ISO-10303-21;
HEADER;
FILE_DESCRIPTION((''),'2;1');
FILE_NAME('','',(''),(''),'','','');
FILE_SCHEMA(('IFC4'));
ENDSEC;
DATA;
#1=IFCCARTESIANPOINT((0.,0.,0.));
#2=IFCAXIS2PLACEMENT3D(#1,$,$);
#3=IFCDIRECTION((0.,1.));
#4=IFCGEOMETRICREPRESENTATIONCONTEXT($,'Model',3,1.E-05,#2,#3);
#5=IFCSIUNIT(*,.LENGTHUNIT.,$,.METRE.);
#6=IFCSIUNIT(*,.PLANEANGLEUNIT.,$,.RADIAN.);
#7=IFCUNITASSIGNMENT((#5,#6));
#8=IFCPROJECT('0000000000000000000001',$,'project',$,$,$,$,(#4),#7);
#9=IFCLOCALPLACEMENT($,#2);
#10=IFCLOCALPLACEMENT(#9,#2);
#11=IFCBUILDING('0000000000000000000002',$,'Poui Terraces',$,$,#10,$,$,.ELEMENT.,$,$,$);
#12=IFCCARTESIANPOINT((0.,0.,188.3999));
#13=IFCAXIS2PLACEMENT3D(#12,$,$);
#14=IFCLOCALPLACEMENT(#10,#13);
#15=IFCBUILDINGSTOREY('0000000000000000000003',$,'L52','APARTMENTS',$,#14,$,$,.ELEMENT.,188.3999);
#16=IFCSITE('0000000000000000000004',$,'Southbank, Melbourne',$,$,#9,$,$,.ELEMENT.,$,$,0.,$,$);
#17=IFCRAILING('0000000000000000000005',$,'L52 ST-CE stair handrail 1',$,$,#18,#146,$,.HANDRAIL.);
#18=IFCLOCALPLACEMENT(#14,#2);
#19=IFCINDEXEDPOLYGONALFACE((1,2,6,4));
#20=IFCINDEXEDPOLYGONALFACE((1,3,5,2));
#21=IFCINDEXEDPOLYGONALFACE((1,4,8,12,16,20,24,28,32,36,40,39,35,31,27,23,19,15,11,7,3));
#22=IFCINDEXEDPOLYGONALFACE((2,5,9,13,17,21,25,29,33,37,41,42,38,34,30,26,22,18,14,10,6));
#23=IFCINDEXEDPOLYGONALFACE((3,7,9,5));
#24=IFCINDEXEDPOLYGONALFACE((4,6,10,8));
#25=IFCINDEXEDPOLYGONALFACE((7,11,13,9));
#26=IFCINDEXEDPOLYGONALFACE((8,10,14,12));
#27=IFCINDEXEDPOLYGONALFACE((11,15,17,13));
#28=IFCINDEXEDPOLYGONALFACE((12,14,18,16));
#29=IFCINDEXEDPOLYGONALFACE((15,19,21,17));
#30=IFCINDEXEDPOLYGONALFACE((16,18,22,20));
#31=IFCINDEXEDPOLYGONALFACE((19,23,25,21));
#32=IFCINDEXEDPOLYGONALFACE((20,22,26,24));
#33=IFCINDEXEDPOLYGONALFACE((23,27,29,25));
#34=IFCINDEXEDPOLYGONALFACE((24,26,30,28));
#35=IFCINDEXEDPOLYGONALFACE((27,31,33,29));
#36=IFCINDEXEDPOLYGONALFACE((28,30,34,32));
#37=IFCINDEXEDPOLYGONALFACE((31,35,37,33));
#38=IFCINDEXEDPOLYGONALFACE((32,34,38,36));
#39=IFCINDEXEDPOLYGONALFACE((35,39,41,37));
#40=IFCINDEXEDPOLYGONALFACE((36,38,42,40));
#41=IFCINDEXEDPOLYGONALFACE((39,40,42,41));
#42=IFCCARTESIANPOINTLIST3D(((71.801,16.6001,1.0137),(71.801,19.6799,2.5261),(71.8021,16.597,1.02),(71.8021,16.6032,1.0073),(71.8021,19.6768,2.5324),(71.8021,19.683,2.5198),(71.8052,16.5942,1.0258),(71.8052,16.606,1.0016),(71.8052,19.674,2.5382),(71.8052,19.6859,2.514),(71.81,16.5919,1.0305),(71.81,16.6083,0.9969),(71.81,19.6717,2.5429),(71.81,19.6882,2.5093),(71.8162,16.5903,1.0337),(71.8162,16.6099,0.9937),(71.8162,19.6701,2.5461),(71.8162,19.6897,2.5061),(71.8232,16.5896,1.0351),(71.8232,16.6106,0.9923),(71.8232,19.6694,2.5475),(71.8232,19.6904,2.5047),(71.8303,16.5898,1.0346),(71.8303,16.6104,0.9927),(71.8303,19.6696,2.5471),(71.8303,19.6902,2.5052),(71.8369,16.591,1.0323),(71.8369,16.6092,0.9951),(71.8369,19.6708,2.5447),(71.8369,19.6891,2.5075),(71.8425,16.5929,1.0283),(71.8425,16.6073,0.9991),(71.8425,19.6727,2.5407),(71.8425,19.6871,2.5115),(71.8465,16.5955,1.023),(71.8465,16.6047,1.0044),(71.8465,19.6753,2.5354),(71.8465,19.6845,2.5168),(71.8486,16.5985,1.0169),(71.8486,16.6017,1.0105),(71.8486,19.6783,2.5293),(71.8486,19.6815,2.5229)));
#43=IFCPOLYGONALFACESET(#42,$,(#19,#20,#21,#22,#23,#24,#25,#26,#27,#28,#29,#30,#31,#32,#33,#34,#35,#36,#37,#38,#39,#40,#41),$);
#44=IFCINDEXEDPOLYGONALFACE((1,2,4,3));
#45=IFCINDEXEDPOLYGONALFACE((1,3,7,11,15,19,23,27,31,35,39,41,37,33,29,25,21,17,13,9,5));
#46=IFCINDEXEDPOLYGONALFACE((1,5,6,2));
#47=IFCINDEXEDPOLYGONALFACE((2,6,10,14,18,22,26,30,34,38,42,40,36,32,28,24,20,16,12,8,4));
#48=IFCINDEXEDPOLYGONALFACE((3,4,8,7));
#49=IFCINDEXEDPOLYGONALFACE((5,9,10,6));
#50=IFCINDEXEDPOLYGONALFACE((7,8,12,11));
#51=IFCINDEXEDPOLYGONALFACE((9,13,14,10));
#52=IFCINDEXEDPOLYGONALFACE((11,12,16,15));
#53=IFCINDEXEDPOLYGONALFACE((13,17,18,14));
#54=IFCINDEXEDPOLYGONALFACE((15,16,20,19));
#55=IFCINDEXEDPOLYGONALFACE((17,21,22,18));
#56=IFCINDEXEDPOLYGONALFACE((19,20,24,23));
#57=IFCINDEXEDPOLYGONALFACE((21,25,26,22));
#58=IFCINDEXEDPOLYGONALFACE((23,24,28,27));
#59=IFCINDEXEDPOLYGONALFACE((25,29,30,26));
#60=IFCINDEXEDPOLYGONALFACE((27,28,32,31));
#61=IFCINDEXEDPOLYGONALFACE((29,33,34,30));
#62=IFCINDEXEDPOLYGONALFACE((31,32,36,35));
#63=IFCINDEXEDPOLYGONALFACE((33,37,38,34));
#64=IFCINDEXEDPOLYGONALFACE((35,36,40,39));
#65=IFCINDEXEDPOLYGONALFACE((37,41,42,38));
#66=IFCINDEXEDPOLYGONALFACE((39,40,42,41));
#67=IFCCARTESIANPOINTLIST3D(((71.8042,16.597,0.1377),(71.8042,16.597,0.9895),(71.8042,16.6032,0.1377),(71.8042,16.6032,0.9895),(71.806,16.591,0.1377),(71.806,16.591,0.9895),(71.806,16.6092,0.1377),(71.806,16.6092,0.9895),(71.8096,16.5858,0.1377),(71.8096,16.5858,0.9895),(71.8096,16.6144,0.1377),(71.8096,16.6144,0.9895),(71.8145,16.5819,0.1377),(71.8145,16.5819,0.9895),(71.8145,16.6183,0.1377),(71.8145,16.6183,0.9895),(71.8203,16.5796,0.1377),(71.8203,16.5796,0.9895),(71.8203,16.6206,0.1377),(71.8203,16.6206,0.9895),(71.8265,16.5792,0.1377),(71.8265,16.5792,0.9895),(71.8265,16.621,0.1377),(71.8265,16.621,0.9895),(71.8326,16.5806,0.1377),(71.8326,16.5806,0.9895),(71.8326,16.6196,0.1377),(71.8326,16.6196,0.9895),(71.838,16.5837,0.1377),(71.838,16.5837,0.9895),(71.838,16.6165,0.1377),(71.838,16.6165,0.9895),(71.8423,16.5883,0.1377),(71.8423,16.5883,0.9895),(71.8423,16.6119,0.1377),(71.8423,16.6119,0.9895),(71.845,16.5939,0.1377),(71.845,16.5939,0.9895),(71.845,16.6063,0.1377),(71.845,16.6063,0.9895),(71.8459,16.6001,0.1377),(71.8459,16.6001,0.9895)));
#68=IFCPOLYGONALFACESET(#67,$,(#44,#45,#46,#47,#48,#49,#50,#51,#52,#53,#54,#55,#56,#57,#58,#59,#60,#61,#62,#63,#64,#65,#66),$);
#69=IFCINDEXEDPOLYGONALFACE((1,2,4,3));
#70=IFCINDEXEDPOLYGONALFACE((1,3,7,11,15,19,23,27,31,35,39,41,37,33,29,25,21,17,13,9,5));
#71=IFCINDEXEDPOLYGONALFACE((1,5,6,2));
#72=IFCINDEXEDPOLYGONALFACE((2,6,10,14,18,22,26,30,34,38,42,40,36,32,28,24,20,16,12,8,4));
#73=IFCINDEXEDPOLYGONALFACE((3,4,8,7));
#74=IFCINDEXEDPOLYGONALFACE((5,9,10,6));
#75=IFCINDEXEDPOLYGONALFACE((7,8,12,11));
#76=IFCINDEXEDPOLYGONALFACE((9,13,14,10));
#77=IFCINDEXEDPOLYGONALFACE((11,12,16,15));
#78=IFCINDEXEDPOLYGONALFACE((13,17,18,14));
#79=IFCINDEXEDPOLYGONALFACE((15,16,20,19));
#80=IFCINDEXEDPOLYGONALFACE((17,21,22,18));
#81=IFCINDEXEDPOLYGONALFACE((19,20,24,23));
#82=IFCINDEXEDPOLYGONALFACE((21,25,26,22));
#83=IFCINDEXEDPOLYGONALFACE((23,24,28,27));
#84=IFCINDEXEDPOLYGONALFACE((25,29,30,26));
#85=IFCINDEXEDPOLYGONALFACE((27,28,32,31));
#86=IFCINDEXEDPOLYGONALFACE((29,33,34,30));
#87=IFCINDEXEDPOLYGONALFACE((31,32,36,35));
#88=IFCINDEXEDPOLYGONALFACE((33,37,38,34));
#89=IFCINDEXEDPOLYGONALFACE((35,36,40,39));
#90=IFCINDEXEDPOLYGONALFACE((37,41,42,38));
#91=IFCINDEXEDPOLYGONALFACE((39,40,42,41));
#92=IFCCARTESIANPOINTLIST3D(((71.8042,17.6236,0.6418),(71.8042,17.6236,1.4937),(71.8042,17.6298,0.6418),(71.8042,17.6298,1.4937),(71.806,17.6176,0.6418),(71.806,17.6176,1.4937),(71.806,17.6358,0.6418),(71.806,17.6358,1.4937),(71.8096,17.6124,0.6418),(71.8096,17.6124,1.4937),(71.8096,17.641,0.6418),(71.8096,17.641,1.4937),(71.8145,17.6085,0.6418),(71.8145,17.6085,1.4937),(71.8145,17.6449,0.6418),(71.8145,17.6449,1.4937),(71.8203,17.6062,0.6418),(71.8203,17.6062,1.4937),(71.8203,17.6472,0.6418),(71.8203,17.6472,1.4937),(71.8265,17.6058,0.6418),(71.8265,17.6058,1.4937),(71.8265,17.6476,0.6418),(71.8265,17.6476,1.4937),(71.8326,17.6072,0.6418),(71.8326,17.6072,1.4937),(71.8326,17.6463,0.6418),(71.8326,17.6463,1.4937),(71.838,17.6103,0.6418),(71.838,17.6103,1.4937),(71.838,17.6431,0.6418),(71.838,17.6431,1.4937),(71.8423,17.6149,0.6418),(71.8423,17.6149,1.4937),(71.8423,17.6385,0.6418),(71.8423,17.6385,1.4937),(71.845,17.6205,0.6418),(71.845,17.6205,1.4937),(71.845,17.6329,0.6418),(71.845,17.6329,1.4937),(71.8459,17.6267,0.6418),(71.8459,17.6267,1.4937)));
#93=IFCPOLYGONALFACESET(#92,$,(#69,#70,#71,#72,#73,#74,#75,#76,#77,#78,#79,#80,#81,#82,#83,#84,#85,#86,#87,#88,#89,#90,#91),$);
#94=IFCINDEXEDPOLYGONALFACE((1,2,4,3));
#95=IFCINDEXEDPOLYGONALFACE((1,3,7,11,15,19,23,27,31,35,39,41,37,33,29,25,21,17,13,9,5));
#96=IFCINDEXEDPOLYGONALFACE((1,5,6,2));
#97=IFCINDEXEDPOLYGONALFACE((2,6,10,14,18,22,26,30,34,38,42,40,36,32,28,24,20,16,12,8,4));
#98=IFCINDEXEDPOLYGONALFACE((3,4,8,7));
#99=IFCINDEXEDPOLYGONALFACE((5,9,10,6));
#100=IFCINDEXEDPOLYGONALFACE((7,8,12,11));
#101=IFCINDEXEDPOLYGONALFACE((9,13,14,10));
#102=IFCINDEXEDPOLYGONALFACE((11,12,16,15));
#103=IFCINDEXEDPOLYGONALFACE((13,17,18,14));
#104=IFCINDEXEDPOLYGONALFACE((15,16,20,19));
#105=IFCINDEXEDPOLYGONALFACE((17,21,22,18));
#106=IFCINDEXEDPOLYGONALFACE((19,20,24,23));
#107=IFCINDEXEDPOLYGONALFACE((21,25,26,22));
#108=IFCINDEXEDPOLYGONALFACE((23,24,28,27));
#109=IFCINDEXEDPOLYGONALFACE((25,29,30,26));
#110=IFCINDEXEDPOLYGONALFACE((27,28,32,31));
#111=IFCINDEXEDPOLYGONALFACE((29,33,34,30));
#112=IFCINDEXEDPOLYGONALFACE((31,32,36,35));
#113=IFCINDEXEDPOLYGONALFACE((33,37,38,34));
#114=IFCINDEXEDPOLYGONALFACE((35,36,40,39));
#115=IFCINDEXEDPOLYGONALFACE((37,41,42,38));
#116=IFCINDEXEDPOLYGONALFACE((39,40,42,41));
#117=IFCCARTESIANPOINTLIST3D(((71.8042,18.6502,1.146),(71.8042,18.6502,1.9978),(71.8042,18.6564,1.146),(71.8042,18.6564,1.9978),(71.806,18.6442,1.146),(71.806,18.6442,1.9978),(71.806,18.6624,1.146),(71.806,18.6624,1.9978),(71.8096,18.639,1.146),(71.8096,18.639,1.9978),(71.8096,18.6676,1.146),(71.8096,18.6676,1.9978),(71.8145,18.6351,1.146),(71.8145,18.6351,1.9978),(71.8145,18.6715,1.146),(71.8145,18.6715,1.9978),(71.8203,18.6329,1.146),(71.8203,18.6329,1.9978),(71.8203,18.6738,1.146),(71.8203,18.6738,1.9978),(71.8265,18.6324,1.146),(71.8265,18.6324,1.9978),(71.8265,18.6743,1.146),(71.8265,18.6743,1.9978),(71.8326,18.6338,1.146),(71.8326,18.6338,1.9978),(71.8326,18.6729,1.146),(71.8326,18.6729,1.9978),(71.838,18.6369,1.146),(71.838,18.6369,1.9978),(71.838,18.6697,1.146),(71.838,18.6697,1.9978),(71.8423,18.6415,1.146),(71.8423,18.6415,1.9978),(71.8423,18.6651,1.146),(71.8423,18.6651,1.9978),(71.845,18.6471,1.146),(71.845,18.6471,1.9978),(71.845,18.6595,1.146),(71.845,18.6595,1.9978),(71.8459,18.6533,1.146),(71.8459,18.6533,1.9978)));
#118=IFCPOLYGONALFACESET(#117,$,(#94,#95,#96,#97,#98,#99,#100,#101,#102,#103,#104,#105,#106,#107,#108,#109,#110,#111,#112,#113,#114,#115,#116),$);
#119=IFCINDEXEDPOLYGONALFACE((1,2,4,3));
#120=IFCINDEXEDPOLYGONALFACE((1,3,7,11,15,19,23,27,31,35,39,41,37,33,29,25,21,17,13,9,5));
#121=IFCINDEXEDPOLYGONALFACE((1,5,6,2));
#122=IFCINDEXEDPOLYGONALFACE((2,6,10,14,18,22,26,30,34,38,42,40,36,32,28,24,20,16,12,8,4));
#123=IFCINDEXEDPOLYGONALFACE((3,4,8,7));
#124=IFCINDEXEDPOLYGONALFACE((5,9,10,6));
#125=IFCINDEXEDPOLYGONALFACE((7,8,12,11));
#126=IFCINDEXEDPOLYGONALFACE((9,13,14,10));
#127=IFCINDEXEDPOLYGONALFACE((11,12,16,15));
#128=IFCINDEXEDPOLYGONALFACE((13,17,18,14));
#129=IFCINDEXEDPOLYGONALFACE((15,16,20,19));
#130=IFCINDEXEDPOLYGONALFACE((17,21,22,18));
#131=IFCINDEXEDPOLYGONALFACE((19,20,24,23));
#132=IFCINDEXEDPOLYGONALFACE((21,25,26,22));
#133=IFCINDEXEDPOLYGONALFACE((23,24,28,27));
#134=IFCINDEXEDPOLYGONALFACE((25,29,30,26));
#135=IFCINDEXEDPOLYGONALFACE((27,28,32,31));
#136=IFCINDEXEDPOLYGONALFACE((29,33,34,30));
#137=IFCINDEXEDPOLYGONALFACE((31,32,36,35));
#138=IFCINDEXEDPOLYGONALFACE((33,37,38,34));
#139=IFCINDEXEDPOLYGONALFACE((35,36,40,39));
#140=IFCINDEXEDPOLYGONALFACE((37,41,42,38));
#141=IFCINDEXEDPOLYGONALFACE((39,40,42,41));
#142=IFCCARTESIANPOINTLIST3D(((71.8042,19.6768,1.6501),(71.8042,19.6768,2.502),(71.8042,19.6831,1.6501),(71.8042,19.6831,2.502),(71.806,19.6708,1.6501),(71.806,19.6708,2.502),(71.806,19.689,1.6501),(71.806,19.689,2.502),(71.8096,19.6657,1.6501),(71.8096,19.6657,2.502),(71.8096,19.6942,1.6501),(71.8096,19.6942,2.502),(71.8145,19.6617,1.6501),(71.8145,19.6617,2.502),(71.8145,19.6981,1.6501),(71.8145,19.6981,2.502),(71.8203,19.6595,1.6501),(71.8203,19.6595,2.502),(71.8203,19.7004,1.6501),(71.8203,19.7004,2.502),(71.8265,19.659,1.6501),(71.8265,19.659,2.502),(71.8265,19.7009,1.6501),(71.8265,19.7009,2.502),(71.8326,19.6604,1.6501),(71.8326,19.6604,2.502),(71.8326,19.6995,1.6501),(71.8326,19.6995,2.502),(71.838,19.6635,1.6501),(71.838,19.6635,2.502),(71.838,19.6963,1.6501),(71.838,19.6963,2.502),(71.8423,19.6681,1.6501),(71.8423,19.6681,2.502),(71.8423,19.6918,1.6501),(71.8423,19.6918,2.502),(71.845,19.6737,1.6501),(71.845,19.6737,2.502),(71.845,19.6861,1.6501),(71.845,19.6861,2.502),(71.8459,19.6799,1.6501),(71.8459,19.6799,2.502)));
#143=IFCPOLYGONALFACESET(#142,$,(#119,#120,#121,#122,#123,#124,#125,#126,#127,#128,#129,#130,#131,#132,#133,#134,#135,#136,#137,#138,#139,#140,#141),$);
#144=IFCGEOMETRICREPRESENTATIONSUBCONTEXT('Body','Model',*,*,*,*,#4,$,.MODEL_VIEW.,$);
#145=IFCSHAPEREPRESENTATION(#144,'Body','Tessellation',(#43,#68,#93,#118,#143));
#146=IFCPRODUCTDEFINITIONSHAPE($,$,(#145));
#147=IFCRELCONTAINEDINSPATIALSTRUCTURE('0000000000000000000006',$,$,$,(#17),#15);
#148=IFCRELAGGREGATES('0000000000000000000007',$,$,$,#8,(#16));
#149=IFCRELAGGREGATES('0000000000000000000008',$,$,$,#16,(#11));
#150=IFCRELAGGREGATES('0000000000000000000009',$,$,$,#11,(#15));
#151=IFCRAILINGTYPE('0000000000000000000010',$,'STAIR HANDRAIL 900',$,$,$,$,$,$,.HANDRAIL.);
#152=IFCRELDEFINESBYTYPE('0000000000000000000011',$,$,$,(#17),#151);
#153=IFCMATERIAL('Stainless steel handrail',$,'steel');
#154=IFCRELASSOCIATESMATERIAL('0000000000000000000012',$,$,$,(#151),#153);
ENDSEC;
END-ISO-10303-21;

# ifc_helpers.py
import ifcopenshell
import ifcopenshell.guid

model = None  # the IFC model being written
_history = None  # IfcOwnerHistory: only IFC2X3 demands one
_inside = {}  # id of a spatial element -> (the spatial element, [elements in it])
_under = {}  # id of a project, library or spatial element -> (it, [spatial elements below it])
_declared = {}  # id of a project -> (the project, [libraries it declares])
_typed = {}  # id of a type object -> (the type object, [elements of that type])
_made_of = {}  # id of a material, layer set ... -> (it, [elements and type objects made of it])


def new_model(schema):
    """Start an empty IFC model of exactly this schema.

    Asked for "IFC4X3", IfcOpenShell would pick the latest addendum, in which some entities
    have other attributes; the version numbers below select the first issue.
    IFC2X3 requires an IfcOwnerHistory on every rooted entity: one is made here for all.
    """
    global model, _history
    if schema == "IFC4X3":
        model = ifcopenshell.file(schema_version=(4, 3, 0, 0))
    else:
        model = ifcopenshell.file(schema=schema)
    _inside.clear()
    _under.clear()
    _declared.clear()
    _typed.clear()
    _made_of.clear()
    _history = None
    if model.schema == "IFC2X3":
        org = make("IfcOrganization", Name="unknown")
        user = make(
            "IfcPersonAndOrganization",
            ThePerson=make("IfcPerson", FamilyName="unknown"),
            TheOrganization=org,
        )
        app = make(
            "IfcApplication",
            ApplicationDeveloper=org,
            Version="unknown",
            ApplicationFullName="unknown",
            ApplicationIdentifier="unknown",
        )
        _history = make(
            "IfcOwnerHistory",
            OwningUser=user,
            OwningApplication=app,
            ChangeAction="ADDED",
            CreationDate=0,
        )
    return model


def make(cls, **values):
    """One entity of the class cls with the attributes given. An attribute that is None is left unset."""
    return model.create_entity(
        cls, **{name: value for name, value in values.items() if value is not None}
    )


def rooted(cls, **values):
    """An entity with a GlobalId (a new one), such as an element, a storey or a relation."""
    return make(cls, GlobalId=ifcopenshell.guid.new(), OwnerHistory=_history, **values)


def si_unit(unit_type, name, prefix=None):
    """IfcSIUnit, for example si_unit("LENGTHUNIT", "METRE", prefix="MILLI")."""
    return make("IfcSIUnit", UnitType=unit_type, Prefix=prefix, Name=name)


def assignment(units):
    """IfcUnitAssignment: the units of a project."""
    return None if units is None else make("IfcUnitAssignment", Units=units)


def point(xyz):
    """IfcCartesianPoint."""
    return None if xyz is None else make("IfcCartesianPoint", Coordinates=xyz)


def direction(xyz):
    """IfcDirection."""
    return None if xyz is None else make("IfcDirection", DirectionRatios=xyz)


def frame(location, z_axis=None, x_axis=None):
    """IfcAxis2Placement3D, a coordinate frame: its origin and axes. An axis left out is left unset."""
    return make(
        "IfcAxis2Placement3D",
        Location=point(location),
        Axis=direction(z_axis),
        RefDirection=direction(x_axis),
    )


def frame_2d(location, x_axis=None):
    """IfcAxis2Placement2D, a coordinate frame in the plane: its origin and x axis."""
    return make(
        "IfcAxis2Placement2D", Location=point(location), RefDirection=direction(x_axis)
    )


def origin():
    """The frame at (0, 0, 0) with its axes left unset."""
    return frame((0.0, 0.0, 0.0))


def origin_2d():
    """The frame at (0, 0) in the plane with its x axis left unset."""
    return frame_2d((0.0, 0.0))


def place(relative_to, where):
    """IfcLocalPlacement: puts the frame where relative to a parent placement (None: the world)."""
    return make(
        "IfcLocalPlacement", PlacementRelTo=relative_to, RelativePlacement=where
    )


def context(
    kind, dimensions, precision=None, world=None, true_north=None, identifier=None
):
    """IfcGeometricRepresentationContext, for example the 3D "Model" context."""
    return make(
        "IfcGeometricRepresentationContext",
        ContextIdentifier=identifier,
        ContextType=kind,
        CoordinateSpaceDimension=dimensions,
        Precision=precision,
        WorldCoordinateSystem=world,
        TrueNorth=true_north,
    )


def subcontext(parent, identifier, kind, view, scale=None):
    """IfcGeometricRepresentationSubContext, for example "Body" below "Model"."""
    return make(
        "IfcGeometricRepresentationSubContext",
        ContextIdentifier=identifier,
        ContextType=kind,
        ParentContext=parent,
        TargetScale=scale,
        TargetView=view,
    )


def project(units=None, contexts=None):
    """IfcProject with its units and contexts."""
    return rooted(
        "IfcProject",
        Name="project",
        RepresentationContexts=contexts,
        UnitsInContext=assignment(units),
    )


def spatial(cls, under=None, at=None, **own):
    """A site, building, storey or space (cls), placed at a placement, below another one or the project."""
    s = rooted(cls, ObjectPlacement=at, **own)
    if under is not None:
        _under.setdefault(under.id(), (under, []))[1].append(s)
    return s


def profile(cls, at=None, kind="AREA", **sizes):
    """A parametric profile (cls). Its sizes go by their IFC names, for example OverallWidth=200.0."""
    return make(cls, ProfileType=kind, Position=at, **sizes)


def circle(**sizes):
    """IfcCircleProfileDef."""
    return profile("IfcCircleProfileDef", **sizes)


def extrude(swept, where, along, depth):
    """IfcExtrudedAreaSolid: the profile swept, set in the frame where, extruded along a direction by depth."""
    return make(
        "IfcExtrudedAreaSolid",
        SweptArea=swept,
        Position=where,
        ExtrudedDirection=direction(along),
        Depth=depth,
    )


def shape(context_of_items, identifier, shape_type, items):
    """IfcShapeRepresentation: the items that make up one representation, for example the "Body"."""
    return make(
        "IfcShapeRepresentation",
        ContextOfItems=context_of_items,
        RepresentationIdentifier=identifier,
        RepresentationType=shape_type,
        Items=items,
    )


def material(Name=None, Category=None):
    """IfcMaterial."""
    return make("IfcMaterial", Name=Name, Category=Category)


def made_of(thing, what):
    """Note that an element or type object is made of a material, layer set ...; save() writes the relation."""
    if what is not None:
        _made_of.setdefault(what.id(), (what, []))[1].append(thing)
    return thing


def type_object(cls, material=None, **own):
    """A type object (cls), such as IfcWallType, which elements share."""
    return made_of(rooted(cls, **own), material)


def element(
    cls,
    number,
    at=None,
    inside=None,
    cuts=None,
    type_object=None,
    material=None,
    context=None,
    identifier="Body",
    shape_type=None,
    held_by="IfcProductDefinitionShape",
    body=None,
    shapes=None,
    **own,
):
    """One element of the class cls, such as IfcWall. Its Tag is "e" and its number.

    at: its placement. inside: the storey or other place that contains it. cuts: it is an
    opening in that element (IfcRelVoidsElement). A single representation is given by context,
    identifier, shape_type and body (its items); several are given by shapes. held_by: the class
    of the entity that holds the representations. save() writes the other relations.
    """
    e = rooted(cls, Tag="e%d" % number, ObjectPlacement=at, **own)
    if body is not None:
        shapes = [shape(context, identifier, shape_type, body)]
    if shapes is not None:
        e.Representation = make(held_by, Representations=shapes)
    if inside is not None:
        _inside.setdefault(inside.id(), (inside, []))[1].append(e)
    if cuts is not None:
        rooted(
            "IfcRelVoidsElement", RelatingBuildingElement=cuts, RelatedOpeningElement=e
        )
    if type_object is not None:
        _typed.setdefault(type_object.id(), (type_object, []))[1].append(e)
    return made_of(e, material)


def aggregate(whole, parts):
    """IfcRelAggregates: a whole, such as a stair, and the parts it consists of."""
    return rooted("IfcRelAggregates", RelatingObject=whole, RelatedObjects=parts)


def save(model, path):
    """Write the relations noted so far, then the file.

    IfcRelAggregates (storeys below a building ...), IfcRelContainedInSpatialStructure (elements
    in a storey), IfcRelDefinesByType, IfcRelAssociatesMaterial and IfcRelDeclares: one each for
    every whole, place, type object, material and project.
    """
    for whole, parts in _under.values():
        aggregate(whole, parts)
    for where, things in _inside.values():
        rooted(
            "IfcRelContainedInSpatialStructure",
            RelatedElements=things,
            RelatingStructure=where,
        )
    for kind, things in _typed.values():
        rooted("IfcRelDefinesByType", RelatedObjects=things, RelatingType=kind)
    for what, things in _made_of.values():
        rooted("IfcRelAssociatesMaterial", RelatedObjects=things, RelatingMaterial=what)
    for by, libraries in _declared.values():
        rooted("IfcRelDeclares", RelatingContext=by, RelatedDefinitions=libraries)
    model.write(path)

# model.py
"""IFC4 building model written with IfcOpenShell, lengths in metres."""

from ifc_helpers import new_model, si_unit, direction, frame, origin, origin_2d, place, context, subcontext, project, spatial, circle, extrude, material, type_object, element, save


model = new_model("IFC4")

# Units and contexts
model_context = context("Model", 3, precision=1e-05, world=origin(), true_north=direction((0.0, 1.0)))
body_context = subcontext(model_context, "Body", "Model", "MODEL_VIEW")
ifc_project = project(units=[si_unit("LENGTHUNIT", "METRE"), si_unit("PLANEANGLEUNIT", "RADIAN")], contexts=[model_context])

# Site, building, storey
site_placement = place(None, origin())
site = spatial("IfcSite", under=ifc_project, at=site_placement, Name="Southbank, Melbourne", CompositionType="ELEMENT", RefElevation=0.0)
building_placement = place(site_placement, origin())
building = spatial("IfcBuilding", under=site, at=building_placement, Name="Poui Terraces", CompositionType="ELEMENT")
storey_placement = place(building_placement, frame((0.0, 0.0, 188.3999)))
storey = spatial("IfcBuildingStorey", under=building, at=storey_placement, Name="L52", Description="APARTMENTS", CompositionType="ELEMENT", Elevation=188.3999)

# Railing
ifc_material_1 = material(Name="Stainless steel handrail", Category="steel")
railing_type_1 = type_object("IfcRailingType", Name="STAIR HANDRAIL 900", PredefinedType="HANDRAIL", material=ifc_material_1)
railing_1_placement = place(storey_placement, frame((71.825, 16.6001, 0.1377)))
element("IfcRailing", 1, at=railing_1_placement, inside=storey, type_object=railing_type_1, Name="L52 ST-CE stair handrail 1", PredefinedType="HANDRAIL", context=body_context, shape_type="SweptSolid", body=[
    extrude(circle(Radius=0.0239, at=origin_2d()), frame((0.0, 0.0, 0.876), z_axis=(0.0, 0.897606, 0.440798), x_axis=(-1.0, 0.0, 0.0)), (0.0, 0.0, 1.0), 3.4312),
    extrude(circle(Radius=0.021, at=origin_2d()), origin(), (0.0, 0.0, 1.0), 0.8518),
    extrude(circle(Radius=0.021, at=origin_2d()), frame((0.0, 1.0266, 0.5042)), (0.0, 0.0, 1.0), 0.8518),
    extrude(circle(Radius=0.021, at=origin_2d()), frame((0.0, 2.0532, 1.0083)), (0.0, 0.0, 1.0), 0.8518),
    extrude(circle(Radius=0.021, at=origin_2d()), frame((0.0, 3.0798, 1.5125)), (0.0, 0.0, 1.0), 0.8518),
])

save(model, "model.ifc")
